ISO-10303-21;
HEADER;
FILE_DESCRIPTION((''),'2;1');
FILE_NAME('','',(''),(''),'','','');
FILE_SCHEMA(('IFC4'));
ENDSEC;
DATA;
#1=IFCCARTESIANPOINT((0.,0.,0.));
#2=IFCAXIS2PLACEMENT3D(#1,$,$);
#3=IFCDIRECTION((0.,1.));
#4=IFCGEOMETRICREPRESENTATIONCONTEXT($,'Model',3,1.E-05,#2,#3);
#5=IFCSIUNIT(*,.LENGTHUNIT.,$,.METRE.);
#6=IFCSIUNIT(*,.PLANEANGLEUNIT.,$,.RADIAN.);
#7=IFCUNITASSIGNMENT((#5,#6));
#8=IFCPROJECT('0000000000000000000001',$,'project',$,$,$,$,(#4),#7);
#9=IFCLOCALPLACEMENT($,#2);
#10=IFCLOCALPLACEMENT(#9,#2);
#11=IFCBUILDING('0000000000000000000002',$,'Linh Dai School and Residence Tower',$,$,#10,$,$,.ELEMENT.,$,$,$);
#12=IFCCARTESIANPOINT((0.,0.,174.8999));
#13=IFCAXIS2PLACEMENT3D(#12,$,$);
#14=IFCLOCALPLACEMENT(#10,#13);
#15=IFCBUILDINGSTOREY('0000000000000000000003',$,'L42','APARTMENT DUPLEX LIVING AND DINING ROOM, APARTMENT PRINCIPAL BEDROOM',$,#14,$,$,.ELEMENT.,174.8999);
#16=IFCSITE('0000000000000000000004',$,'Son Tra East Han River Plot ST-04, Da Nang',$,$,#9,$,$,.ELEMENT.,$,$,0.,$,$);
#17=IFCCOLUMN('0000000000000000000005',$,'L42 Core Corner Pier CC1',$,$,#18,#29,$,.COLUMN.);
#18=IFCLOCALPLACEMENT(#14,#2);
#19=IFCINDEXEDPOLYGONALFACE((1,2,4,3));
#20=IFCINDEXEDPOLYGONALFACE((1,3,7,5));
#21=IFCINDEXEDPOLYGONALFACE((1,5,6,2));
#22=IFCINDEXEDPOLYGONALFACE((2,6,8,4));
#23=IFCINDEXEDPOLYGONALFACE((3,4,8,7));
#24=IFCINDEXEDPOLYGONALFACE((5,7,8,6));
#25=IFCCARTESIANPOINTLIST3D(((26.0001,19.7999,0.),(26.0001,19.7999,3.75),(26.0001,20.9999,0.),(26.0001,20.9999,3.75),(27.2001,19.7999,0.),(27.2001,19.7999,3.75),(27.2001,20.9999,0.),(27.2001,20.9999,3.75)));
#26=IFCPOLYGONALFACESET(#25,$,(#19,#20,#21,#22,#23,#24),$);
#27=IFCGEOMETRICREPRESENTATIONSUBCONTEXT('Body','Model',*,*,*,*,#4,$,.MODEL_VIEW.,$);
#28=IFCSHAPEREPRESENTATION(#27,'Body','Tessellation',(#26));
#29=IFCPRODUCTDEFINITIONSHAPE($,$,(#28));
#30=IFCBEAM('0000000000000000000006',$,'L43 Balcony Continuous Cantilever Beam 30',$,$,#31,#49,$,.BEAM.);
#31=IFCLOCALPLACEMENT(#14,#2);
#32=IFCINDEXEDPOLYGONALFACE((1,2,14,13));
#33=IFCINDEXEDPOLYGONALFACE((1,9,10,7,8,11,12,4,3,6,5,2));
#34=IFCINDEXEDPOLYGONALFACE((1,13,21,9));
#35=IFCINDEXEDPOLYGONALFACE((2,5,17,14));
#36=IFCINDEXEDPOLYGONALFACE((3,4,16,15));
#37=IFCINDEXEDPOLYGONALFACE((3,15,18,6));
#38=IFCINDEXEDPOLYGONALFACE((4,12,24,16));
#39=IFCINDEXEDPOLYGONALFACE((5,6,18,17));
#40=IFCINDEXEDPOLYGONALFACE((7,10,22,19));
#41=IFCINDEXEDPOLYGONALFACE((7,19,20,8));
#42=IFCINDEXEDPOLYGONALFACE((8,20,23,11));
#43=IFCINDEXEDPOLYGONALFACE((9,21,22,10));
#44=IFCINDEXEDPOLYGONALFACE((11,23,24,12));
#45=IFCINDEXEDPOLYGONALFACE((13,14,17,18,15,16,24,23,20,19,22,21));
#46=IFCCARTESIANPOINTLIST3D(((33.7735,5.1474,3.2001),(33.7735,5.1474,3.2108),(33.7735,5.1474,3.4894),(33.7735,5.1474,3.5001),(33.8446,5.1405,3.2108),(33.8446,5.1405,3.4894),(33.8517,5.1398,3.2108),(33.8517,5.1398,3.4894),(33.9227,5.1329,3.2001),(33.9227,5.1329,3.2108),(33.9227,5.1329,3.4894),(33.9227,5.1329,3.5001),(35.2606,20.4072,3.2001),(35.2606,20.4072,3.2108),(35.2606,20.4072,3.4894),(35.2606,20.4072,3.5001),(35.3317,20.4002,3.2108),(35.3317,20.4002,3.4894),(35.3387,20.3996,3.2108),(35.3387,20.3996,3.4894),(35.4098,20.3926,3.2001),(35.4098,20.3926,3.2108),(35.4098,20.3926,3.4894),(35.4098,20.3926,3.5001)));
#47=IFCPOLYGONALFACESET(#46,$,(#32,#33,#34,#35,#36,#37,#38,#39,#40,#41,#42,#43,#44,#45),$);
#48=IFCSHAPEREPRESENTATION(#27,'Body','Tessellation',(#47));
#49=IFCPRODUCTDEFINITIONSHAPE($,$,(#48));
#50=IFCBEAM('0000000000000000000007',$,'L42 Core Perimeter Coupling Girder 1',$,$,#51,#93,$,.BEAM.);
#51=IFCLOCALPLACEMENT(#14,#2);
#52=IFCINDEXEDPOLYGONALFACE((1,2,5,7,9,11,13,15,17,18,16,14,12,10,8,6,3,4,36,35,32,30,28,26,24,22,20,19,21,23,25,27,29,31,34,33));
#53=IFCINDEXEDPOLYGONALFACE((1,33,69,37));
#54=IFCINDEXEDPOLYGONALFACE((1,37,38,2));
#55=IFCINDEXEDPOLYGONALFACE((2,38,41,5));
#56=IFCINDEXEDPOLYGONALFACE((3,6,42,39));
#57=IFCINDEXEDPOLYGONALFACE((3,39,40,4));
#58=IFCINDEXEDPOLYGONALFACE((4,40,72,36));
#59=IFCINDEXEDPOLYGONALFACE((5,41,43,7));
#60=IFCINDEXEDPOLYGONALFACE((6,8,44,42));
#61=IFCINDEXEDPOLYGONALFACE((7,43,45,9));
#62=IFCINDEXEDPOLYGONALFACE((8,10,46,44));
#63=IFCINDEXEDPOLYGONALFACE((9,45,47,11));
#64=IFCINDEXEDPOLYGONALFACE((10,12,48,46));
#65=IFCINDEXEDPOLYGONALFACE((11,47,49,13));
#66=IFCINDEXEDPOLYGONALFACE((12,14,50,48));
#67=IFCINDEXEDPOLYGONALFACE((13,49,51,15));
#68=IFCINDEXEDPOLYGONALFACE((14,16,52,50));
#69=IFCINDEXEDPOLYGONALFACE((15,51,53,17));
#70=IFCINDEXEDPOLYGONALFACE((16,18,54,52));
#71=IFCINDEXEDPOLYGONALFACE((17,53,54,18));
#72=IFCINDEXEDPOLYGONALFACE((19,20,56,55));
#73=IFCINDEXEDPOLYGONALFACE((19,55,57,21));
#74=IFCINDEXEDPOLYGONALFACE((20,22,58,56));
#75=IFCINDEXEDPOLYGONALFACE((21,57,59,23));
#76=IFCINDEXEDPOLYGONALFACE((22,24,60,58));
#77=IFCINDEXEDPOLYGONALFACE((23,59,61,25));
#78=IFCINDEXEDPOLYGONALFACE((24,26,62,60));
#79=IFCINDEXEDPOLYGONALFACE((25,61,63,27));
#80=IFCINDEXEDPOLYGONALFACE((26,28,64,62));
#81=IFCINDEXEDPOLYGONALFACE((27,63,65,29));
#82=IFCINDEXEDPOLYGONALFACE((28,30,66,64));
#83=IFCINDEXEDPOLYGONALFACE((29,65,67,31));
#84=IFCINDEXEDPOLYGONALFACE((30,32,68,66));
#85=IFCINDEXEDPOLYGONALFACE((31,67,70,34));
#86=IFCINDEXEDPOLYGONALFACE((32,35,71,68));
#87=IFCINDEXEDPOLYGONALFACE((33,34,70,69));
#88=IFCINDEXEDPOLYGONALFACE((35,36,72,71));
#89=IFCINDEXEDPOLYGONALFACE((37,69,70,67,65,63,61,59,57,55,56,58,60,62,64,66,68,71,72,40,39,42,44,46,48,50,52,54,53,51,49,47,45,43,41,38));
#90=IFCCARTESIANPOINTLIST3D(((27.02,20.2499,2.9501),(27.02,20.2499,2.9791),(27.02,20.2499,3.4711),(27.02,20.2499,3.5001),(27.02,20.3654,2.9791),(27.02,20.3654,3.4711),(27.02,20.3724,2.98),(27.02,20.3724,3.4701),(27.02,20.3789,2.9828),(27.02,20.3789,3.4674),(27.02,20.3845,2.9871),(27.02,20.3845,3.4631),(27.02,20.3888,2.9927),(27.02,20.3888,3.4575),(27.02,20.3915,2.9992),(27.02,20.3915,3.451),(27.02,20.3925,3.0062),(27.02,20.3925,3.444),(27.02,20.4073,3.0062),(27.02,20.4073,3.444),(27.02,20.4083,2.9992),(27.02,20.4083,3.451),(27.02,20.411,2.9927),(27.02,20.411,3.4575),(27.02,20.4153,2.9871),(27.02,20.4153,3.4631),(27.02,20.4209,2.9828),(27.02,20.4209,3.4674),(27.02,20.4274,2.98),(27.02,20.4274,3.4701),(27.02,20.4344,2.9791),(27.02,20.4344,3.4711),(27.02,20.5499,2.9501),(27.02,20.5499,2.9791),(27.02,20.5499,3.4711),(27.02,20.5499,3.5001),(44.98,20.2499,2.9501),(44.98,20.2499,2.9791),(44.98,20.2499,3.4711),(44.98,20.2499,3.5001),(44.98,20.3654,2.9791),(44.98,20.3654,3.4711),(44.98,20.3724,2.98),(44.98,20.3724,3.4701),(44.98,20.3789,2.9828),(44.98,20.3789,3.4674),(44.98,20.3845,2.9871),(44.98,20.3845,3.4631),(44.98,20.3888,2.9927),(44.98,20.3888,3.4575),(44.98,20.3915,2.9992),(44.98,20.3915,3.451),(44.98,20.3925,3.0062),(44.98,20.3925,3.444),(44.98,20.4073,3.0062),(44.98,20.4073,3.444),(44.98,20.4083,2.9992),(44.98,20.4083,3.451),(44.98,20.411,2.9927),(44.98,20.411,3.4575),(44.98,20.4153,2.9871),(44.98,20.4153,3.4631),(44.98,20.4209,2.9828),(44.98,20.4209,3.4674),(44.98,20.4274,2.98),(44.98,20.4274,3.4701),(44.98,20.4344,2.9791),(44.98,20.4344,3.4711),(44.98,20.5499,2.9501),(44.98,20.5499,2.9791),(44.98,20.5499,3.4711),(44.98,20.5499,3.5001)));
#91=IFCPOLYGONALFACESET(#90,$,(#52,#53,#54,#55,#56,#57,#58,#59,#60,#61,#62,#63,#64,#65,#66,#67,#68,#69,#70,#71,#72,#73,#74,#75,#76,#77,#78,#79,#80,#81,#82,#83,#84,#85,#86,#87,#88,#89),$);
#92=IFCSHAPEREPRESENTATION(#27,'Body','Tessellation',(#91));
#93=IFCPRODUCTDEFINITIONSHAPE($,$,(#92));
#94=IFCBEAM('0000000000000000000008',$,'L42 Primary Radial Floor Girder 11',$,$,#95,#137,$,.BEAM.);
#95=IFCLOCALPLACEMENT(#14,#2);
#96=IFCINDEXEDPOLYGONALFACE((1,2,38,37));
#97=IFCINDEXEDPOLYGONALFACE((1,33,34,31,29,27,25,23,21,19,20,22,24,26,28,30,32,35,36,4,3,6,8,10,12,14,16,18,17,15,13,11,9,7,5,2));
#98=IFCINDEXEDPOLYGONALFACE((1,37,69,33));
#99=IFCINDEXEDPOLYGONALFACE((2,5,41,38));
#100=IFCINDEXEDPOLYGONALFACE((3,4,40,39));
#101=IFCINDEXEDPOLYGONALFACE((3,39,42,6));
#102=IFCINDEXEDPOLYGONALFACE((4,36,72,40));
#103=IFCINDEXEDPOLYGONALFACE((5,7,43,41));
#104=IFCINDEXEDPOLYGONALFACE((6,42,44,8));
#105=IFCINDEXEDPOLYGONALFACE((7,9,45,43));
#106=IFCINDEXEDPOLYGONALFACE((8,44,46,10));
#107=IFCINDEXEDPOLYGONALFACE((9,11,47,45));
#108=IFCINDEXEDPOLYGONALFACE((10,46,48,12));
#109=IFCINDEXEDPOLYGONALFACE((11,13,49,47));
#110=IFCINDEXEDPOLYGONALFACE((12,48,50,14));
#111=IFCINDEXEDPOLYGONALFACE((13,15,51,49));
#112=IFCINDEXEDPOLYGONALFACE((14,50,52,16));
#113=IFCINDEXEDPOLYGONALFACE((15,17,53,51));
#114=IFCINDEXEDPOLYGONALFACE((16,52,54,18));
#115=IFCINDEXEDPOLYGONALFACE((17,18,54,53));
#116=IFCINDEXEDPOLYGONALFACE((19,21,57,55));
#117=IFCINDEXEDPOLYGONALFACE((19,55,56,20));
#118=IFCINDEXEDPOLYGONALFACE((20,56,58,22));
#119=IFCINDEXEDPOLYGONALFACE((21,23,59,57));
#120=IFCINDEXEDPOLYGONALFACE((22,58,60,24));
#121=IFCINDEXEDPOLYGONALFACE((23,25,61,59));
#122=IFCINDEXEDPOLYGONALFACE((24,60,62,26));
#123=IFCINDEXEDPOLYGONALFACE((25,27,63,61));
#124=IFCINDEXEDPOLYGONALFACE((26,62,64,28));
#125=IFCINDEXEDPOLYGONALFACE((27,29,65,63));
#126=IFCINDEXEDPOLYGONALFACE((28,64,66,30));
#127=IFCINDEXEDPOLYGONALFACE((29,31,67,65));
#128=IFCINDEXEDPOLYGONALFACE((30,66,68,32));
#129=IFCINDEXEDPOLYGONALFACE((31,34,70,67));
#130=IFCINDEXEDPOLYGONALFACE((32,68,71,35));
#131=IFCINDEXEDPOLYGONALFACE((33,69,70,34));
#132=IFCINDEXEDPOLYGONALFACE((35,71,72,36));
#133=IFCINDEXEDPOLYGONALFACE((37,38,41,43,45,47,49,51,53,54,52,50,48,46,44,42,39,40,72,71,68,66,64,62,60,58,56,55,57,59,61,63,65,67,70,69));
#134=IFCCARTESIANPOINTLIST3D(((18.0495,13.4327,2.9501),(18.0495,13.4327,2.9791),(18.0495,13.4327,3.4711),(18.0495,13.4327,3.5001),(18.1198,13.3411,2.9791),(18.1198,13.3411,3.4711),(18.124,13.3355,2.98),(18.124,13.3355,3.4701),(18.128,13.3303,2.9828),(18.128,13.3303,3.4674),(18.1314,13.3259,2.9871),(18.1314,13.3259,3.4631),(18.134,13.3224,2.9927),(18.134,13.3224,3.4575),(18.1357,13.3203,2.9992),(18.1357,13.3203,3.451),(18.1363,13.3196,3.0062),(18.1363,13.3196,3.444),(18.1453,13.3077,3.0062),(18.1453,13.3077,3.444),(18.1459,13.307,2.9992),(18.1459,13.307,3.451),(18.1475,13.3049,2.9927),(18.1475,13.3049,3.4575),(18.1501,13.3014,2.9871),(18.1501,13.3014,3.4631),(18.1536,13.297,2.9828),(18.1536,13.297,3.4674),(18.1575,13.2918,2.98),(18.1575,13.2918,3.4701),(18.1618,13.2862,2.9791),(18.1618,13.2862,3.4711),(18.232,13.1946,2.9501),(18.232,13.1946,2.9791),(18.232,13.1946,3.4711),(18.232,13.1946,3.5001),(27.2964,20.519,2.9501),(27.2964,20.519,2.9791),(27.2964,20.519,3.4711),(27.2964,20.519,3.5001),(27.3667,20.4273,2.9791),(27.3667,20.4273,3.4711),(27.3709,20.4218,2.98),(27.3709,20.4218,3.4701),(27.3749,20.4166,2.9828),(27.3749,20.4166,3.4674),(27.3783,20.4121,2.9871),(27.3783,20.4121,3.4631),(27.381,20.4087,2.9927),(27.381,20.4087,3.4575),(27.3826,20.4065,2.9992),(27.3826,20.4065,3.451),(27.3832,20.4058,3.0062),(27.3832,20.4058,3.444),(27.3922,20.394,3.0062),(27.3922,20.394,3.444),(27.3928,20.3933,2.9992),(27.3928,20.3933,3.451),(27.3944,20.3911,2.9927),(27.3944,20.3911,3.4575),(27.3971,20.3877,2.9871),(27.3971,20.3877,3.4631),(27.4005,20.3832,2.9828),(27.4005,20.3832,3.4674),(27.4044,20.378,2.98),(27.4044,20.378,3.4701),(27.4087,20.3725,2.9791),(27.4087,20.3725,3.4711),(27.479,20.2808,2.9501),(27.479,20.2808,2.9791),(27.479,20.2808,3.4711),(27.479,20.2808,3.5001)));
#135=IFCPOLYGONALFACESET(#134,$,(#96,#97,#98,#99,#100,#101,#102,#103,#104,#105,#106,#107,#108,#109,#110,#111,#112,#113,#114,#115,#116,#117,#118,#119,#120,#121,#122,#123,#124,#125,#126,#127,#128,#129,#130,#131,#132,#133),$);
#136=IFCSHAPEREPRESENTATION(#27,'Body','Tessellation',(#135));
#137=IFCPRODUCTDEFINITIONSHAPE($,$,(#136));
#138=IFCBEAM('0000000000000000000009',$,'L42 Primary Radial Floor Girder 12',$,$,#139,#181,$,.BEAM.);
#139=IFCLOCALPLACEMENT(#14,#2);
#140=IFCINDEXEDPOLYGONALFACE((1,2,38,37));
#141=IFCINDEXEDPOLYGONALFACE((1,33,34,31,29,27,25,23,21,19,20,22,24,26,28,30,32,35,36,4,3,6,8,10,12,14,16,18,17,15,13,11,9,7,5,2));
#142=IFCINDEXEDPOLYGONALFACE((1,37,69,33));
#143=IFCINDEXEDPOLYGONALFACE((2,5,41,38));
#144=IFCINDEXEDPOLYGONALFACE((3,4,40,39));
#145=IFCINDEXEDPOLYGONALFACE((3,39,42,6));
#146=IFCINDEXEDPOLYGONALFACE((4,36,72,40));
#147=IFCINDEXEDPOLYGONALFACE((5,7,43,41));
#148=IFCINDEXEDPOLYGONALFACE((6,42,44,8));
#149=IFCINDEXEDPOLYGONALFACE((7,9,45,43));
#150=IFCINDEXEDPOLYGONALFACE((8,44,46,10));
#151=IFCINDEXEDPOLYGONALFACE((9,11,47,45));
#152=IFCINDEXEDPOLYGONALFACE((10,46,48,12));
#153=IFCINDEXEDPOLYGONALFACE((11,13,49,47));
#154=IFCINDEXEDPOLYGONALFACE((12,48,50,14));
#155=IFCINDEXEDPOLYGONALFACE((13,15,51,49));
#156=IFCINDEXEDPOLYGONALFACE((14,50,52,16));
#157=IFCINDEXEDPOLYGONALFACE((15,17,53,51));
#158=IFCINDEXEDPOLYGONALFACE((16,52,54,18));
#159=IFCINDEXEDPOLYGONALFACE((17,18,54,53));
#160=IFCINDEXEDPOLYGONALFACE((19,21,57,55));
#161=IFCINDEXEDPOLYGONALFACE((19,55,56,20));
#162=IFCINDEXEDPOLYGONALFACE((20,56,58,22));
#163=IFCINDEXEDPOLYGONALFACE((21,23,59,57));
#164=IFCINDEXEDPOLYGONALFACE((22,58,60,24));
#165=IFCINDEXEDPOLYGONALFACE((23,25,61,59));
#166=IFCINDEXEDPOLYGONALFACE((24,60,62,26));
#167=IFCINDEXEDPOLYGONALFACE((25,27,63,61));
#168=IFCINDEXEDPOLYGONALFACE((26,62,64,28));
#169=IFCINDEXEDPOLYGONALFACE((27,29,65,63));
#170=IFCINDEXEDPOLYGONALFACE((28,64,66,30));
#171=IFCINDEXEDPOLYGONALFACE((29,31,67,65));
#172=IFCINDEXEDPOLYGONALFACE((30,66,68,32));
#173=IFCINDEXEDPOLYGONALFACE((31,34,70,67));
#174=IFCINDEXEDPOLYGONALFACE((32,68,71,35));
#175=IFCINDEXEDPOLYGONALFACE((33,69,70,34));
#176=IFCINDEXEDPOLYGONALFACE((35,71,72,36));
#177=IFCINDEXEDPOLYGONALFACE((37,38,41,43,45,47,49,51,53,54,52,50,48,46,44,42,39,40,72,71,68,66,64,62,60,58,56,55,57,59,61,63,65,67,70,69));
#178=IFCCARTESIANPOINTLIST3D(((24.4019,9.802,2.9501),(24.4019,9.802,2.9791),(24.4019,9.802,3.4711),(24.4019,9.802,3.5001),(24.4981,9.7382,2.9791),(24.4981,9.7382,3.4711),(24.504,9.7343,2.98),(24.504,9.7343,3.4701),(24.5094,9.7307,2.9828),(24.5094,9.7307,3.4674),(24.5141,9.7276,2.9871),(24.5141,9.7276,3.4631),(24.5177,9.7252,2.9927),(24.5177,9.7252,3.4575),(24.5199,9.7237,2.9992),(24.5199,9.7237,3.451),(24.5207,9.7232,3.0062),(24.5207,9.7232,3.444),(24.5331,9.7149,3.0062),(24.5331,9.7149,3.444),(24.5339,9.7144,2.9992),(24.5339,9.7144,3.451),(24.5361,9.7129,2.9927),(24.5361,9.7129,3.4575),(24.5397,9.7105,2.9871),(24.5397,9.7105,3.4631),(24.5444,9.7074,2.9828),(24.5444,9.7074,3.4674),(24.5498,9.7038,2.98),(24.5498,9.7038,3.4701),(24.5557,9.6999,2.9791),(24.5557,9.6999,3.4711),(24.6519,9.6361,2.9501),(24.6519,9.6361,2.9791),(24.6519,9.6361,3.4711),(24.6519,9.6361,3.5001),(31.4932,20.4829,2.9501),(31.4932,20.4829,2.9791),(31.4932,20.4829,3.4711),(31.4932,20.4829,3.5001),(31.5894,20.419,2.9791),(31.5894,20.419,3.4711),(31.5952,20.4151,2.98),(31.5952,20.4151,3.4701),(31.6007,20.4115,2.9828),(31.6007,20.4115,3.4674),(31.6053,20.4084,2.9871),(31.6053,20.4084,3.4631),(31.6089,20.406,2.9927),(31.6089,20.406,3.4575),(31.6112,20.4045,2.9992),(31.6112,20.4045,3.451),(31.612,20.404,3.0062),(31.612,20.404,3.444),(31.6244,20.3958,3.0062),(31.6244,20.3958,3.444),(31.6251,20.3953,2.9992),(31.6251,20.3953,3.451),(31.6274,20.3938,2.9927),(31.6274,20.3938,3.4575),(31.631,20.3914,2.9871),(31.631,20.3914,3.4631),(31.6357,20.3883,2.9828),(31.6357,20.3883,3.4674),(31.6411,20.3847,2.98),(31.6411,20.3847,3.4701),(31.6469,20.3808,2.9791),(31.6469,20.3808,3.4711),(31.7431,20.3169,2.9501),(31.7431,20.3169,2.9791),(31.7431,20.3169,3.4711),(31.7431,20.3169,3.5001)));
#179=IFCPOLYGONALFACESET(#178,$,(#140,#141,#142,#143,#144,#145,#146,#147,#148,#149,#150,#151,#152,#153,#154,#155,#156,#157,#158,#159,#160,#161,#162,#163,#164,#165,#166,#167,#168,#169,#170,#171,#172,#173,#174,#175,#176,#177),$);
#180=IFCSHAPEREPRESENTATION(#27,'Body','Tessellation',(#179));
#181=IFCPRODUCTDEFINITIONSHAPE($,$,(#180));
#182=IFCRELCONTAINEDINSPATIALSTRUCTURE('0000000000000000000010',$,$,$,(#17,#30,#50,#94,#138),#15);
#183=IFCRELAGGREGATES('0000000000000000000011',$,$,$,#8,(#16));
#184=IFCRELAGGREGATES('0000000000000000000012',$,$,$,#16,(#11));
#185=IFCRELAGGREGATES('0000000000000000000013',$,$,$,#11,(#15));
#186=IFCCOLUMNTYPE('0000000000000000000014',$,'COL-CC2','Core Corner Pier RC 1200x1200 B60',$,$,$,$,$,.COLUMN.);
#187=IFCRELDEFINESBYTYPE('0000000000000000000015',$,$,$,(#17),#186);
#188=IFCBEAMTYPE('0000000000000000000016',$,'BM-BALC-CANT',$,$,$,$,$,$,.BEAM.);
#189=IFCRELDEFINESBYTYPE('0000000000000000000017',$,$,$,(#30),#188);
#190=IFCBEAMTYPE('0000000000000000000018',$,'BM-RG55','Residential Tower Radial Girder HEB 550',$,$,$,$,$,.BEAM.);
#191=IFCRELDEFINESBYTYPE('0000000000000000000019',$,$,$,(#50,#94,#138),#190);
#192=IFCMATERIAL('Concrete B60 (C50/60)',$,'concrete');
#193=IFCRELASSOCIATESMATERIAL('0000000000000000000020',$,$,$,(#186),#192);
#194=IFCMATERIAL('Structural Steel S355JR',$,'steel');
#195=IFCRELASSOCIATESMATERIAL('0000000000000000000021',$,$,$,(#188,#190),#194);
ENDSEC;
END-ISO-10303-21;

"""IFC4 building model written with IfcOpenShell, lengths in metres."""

from ifc_helpers import new_model, si_unit, direction, frame, origin, origin_2d, place, context, subcontext, project, spatial, rectangle, i_section, extrude, material, material_profile, profile_set, type_object, element, save


model = new_model("IFC4")

# Units and contexts
model_context = context("Model", 3, precision=1e-05, world=origin(), true_north=direction((0.0, 1.0)))
body_context = subcontext(model_context, "Body", "Model", "MODEL_VIEW")
ifc_project = project(units=[si_unit("LENGTHUNIT", "METRE"), si_unit("PLANEANGLEUNIT", "RADIAN")], contexts=[model_context])

# Site, building, storey
site_placement = place(None, origin())
site = spatial("IfcSite", under=ifc_project, at=site_placement, Name="Son Tra East Han River Plot ST-04, Da Nang", CompositionType="ELEMENT", RefElevation=0.0)
building_placement = place(site_placement, origin())
building = spatial("IfcBuilding", under=site, at=building_placement, Name="Linh Dai School and Residence Tower", CompositionType="ELEMENT")
storey_placement = place(building_placement, frame((0.0, 0.0, 174.8999)))
storey = spatial("IfcBuildingStorey", under=building, at=storey_placement, Name="L42", Description="APARTMENT DUPLEX LIVING AND DINING ROOM, APARTMENT PRINCIPAL BEDROOM", CompositionType="ELEMENT", Elevation=174.8999)

# Column
ifc_material_1 = material(Name="Concrete B60 (C50/60)", Category="concrete")
ifc_material_profile_1 = material_profile(ifc_material_1, rectangle(XDim=1.2, YDim=1.2, at=origin_2d()), Name="RC 1200x1200")
ifc_profile_set_1 = profile_set([ifc_material_profile_1], Name="Concrete B60 (C50/60)")
column_type = type_object("IfcColumnType", Name="COL-CC2", Description="Core Corner Pier RC 1200x1200 B60", PredefinedType="COLUMN", material=ifc_profile_set_1)
column_placement = place(storey_placement, frame((26.6001, 20.3999, 0.0), z_axis=(0.0, 0.0, 1.0), x_axis=(1.0, 0.0, 0.0)))
element("IfcColumn", 1, at=column_placement, inside=storey, type_object=column_type, Name="L42 Core Corner Pier CC1", PredefinedType="COLUMN", context=body_context, shape_type="SweptSolid", body=[
    extrude(rectangle(XDim=1.2, YDim=1.2, at=origin_2d()), origin(), (0.0, 0.0, 1.0), 3.75),
])

# Beams
ifc_material_2 = material(Name="Structural Steel S355JR", Category="steel")
ifc_material_profile_2 = material_profile(ifc_material_2, i_section(OverallWidth=0.1499, OverallDepth=0.3, WebThickness=0.0071, FlangeThickness=0.0107, at=origin_2d()), Name="IPE 300")
ifc_profile_set_2 = profile_set([ifc_material_profile_2], Name="Structural Steel S355JR")
beam_type_1 = type_object("IfcBeamType", Name="BM-BALC-CANT", PredefinedType="BEAM", material=ifc_profile_set_2)
beam_1_placement = place(storey_placement, frame((35.3352, 20.3999, 3.3501), z_axis=(-0.09699, -0.995285, 0.0), x_axis=(0.995285, -0.09699, 0.0)))
element("IfcBeam", 2, at=beam_1_placement, inside=storey, type_object=beam_type_1, Name="L43 Balcony Continuous Cantilever Beam 30", PredefinedType="BEAM", context=body_context, shape_type="SweptSolid", body=[
    extrude(i_section(OverallWidth=0.1499, OverallDepth=0.3, WebThickness=0.0071, FlangeThickness=0.0107, at=origin_2d()), origin(), (0.0, 0.0, 1.0), 15.332),
])
ifc_material_profile_3 = material_profile(ifc_material_2, i_section(OverallWidth=0.3, OverallDepth=0.55, WebThickness=0.0149, FlangeThickness=0.0291, FilletRadius=0.0271, at=origin_2d()), Name="HEB 550")
ifc_profile_set_3 = profile_set([ifc_material_profile_3], Name="Structural Steel S355JR")
beam_type_2 = type_object("IfcBeamType", Name="BM-RG55", Description="Residential Tower Radial Girder HEB 550", PredefinedType="BEAM", material=ifc_profile_set_3)
beam_2_placement = place(storey_placement, frame((27.02, 20.3999, 3.2251), z_axis=(1.0, 0.0, 0.0), x_axis=(0.0, 1.0, 0.0)))
element("IfcBeam", 3, at=beam_2_placement, inside=storey, type_object=beam_type_2, Name="L42 Core Perimeter Coupling Girder 1", PredefinedType="BEAM", context=body_context, shape_type="SweptSolid", body=[
    extrude(i_section(OverallWidth=0.3, OverallDepth=0.55, WebThickness=0.0149, FlangeThickness=0.0291, FilletRadius=0.0271, at=origin_2d()), origin(), (0.0, 0.0, 1.0), 17.96),
])
beam_3_placement = place(storey_placement, frame((27.3877, 20.3999, 3.2251), z_axis=(-0.793733, -0.608267, 0.0), x_axis=(0.608267, -0.793733, 0.0)))
element("IfcBeam", 4, at=beam_3_placement, inside=storey, type_object=beam_type_2, Name="L42 Primary Radial Floor Girder 11", PredefinedType="BEAM", context=body_context, shape_type="SweptSolid", body=[
    extrude(i_section(OverallWidth=0.3, OverallDepth=0.55, WebThickness=0.0149, FlangeThickness=0.0291, FilletRadius=0.0271, at=origin_2d()), origin(), (0.0, 0.0, 1.0), 11.6499),
])
beam_4_placement = place(storey_placement, frame((31.6182, 20.3999, 3.2251), z_axis=(-0.553117, -0.833103, 0.0), x_axis=(0.833103, -0.553117, 0.0)))
element("IfcBeam", 5, at=beam_4_placement, inside=storey, type_object=beam_type_2, Name="L42 Primary Radial Floor Girder 12", PredefinedType="BEAM", context=body_context, shape_type="SweptSolid", body=[
    extrude(i_section(OverallWidth=0.3, OverallDepth=0.55, WebThickness=0.0149, FlangeThickness=0.0291, FilletRadius=0.0271, at=origin_2d()), origin(), (0.0, 0.0, 1.0), 12.8206),
])

save(model, "model.ifc")
